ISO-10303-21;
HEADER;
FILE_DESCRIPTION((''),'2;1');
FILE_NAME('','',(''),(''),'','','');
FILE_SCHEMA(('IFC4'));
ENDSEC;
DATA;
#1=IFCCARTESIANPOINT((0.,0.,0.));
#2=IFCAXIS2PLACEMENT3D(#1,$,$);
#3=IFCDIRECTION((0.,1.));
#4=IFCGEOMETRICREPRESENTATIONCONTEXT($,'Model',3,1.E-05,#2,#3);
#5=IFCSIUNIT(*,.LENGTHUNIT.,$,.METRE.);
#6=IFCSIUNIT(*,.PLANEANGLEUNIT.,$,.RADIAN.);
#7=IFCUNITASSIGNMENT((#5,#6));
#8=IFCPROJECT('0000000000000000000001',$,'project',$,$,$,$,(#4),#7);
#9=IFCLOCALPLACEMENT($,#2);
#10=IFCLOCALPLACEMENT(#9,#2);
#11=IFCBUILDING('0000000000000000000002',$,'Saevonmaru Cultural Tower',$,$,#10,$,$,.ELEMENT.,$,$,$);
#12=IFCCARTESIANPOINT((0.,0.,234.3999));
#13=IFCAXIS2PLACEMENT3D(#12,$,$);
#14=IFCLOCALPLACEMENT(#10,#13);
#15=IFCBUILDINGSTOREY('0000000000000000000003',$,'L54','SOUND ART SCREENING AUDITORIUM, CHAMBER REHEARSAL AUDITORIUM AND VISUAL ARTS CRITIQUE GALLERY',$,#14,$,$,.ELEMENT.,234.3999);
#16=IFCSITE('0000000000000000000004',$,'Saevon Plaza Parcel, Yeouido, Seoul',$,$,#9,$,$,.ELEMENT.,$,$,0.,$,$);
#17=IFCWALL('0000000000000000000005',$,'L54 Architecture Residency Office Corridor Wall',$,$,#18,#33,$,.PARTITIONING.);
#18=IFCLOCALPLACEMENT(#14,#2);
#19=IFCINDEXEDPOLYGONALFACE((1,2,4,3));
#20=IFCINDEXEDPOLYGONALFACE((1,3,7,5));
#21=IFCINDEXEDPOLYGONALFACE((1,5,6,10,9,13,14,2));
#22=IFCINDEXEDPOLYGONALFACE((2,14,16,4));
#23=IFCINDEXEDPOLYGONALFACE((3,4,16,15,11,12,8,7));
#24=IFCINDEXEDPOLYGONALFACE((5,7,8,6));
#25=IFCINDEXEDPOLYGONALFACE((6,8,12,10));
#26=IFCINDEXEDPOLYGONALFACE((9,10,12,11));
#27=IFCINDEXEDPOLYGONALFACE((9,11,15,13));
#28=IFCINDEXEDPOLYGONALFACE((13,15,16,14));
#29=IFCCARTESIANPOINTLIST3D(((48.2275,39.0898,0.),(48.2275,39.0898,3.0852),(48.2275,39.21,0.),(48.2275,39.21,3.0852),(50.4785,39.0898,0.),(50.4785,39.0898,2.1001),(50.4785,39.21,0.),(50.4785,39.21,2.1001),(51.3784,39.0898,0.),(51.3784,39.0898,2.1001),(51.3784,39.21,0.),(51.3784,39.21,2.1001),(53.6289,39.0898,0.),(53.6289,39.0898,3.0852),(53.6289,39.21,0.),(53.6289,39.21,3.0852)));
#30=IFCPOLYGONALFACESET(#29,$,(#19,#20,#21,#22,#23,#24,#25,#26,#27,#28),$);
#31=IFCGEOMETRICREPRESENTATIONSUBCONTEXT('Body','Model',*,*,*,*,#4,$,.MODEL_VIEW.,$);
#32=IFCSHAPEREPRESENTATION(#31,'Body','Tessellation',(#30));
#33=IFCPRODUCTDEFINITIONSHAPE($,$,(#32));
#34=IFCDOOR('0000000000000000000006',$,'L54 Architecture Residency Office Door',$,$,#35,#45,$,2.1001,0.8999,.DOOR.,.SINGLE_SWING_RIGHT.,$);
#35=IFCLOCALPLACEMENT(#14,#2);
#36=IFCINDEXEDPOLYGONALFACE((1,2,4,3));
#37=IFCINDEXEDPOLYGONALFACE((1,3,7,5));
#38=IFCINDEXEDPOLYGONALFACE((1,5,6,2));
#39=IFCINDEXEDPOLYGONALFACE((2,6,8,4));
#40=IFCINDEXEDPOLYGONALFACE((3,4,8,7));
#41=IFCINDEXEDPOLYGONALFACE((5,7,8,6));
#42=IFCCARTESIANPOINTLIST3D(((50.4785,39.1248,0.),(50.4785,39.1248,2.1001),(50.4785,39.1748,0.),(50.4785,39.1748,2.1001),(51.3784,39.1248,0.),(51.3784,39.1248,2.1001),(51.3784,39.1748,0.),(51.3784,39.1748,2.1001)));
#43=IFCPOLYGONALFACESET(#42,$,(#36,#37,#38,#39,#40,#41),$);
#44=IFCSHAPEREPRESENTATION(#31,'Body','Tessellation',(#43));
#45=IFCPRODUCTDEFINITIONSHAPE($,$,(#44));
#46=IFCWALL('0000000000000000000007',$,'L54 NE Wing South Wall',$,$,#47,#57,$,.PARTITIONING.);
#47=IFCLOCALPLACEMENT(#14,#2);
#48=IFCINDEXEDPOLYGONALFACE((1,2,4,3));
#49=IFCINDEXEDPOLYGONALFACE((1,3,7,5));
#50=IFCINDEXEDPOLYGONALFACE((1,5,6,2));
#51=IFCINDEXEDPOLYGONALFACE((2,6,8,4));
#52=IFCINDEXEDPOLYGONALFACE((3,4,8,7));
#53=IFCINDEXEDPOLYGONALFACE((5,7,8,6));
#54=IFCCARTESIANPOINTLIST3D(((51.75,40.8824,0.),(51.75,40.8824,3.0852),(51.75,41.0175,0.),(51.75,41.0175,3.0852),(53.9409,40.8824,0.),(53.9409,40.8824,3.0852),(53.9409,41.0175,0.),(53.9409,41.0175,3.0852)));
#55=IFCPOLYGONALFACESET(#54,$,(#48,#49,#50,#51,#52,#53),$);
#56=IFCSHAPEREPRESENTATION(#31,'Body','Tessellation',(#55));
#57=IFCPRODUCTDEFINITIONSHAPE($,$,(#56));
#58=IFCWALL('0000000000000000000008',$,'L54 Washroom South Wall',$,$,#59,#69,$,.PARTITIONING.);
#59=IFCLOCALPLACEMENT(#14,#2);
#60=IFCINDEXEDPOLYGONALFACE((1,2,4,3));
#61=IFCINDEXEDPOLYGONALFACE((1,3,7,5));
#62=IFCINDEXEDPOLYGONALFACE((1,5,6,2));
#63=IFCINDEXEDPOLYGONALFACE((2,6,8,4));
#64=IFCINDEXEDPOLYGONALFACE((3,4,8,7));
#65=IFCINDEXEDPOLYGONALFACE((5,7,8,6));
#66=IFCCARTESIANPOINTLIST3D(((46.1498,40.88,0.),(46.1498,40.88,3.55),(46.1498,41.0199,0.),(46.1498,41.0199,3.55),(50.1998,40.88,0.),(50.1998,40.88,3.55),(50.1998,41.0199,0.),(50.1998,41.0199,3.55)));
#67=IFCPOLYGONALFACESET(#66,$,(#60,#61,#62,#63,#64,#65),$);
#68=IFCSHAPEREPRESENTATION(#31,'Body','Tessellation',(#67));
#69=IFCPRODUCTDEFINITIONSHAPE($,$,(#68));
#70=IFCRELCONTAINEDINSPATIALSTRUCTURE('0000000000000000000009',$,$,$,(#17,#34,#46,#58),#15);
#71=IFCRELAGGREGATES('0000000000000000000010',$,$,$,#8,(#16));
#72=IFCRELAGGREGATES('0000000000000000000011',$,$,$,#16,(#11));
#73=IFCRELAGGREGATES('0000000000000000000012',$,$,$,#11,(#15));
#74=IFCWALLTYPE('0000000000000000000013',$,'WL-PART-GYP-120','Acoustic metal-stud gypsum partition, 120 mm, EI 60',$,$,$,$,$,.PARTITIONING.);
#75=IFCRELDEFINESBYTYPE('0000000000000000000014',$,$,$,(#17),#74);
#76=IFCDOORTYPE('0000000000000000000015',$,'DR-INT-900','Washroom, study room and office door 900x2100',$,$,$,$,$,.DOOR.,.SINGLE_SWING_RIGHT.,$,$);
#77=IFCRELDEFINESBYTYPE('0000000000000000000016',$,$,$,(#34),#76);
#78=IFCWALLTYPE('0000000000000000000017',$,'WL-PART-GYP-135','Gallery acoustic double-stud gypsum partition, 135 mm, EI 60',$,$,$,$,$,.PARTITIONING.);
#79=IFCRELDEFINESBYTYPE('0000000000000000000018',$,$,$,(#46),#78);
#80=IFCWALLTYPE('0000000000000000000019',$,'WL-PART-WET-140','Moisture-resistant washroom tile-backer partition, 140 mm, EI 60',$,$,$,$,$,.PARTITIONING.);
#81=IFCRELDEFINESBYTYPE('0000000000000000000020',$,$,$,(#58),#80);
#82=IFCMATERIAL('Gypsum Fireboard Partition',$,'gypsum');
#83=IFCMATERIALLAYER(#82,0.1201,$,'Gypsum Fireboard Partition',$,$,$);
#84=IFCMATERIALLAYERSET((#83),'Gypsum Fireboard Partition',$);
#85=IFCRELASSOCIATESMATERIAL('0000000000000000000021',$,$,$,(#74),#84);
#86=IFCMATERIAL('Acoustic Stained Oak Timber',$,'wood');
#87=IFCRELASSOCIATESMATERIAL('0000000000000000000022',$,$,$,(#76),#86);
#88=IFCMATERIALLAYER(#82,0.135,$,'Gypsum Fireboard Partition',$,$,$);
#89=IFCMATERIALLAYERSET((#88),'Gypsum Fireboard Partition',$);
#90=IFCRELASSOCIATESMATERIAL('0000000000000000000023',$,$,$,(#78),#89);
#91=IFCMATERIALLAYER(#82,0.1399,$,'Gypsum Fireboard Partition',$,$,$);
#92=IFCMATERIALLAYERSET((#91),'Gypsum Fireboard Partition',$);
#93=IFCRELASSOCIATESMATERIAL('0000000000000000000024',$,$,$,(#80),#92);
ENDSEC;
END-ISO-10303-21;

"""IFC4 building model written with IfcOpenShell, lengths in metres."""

from ifc_helpers import new_model, si_unit, direction, frame, frame_2d, origin, place, context, subcontext, project, spatial, rectangle, extrude, material, layer, layer_set, type_object, element, fill, save


model = new_model("IFC4")

# Units and contexts
model_context = context("Model", 3, precision=1e-05, world=origin(), true_north=direction((0.0, 1.0)))
body_context = subcontext(model_context, "Body", "Model", "MODEL_VIEW")
ifc_project = project(units=[si_unit("LENGTHUNIT", "METRE"), si_unit("PLANEANGLEUNIT", "RADIAN")], contexts=[model_context])

# Site, building, storey
site_placement = place(None, origin())
site = spatial("IfcSite", under=ifc_project, at=site_placement, Name="Saevon Plaza Parcel, Yeouido, Seoul", CompositionType="ELEMENT", RefElevation=0.0)
building_placement = place(site_placement, origin())
building = spatial("IfcBuilding", under=site, at=building_placement, Name="Saevonmaru Cultural Tower", CompositionType="ELEMENT")
storey_placement = place(building_placement, frame((0.0, 0.0, 234.3999)))
storey = spatial("IfcBuildingStorey", under=building, at=storey_placement, Name="L54", Description="SOUND ART SCREENING AUDITORIUM, CHAMBER REHEARSAL AUDITORIUM AND VISUAL ARTS CRITIQUE GALLERY", CompositionType="ELEMENT", Elevation=234.3999)

# Shared definitions
ifc_material_1 = material(Name="Gypsum Fireboard Partition", Category="gypsum")

# Wall, opening, door
ifc_material_2 = material(Name="Acoustic Stained Oak Timber", Category="wood")
ifc_layer_1 = layer(ifc_material_1, 0.1201, Name="Gypsum Fireboard Partition")
ifc_layer_set_1 = layer_set([ifc_layer_1], Name="Gypsum Fireboard Partition")
wall_type_1 = type_object("IfcWallType", Name="WL-PART-GYP-120", Description="Acoustic metal-stud gypsum partition, 120 mm, EI 60", PredefinedType="PARTITIONING", material=ifc_layer_set_1)
wall_1_placement = place(storey_placement, frame((48.2275, 39.1499, 0.0), z_axis=(0.0, 0.0, 1.0), x_axis=(1.0, 0.0, 0.0)))
wall_1 = element("IfcWall", 1, at=wall_1_placement, inside=storey, type_object=wall_type_1, Name="L54 Architecture Residency Office Corridor Wall", PredefinedType="PARTITIONING", context=body_context, shape_type="SweptSolid", body=[
    extrude(rectangle(XDim=5.4014, YDim=0.1201, at=frame_2d((2.7007, 0.0))), origin(), (0.0, 0.0, 1.0), 3.0852),
])
opening_1_placement = place(wall_1_placement, frame((2.251, 0.0, 0.0)))
opening_1 = element("IfcOpeningElement", 2, at=opening_1_placement, cuts=wall_1, PredefinedType="OPENING", context=body_context, shape_type="SweptSolid", body=[
    extrude(rectangle(XDim=0.8999, YDim=2.1001, at=frame_2d((0.45, 1.05))), frame((0.0, 0.0701, 0.0), z_axis=(0.0, -1.0, 0.0), x_axis=(1.0, 0.0, 0.0)), (0.0, 0.0, 1.0), 0.1401),
])
door_type_1 = type_object("IfcDoorType", Name="DR-INT-900", Description="Washroom, study room and office door 900x2100", OperationType="SINGLE_SWING_RIGHT", PredefinedType="DOOR", material=ifc_material_2)
door_1_placement = place(opening_1_placement, origin())
door_1 = element("IfcDoor", 3, at=door_1_placement, inside=storey, type_object=door_type_1, Name="L54 Architecture Residency Office Door", OperationType="SINGLE_SWING_RIGHT", OverallHeight=2.1001, OverallWidth=0.8999, PredefinedType="DOOR", context=body_context, shape_type="SweptSolid", body=[
    extrude(rectangle(XDim=0.8999, YDim=2.1001, at=frame_2d((0.45, 1.05))), frame((0.0, 0.0249, 0.0), z_axis=(0.0, -1.0, 0.0), x_axis=(1.0, 0.0, 0.0)), (0.0, 0.0, 1.0), 0.05),
])
fill(opening_1, door_1)

# Walls
ifc_layer_2 = layer(ifc_material_1, 0.135, Name="Gypsum Fireboard Partition")
ifc_layer_set_2 = layer_set([ifc_layer_2], Name="Gypsum Fireboard Partition")
wall_type_2 = type_object("IfcWallType", Name="WL-PART-GYP-135", Description="Gallery acoustic double-stud gypsum partition, 135 mm, EI 60", PredefinedType="PARTITIONING", material=ifc_layer_set_2)
wall_2_placement = place(storey_placement, frame((51.75, 40.95, 0.0), z_axis=(0.0, 0.0, 1.0), x_axis=(1.0, 0.0, 0.0)))
element("IfcWall", 4, at=wall_2_placement, inside=storey, type_object=wall_type_2, Name="L54 NE Wing South Wall", PredefinedType="PARTITIONING", context=body_context, shape_type="SweptSolid", body=[
    extrude(rectangle(XDim=2.1909, YDim=0.135, at=frame_2d((1.0955, 0.0))), origin(), (0.0, 0.0, 1.0), 3.0852),
])
ifc_layer_3 = layer(ifc_material_1, 0.1399, Name="Gypsum Fireboard Partition")
ifc_layer_set_3 = layer_set([ifc_layer_3], Name="Gypsum Fireboard Partition")
wall_type_3 = type_object("IfcWallType", Name="WL-PART-WET-140", Description="Moisture-resistant washroom tile-backer partition, 140 mm, EI 60", PredefinedType="PARTITIONING", material=ifc_layer_set_3)
wall_3_placement = place(storey_placement, frame((46.1499, 40.95, 0.0), z_axis=(0.0, 0.0, 1.0), x_axis=(1.0, 0.0, 0.0)))
element("IfcWall", 5, at=wall_3_placement, inside=storey, type_object=wall_type_3, Name="L54 Washroom South Wall", PredefinedType="PARTITIONING", context=body_context, shape_type="SweptSolid", body=[
    extrude(rectangle(XDim=4.05, YDim=0.1399, at=frame_2d((2.0249, 0.0))), origin(), (0.0, 0.0, 1.0), 3.55),
])

save(model, "model.ifc")
